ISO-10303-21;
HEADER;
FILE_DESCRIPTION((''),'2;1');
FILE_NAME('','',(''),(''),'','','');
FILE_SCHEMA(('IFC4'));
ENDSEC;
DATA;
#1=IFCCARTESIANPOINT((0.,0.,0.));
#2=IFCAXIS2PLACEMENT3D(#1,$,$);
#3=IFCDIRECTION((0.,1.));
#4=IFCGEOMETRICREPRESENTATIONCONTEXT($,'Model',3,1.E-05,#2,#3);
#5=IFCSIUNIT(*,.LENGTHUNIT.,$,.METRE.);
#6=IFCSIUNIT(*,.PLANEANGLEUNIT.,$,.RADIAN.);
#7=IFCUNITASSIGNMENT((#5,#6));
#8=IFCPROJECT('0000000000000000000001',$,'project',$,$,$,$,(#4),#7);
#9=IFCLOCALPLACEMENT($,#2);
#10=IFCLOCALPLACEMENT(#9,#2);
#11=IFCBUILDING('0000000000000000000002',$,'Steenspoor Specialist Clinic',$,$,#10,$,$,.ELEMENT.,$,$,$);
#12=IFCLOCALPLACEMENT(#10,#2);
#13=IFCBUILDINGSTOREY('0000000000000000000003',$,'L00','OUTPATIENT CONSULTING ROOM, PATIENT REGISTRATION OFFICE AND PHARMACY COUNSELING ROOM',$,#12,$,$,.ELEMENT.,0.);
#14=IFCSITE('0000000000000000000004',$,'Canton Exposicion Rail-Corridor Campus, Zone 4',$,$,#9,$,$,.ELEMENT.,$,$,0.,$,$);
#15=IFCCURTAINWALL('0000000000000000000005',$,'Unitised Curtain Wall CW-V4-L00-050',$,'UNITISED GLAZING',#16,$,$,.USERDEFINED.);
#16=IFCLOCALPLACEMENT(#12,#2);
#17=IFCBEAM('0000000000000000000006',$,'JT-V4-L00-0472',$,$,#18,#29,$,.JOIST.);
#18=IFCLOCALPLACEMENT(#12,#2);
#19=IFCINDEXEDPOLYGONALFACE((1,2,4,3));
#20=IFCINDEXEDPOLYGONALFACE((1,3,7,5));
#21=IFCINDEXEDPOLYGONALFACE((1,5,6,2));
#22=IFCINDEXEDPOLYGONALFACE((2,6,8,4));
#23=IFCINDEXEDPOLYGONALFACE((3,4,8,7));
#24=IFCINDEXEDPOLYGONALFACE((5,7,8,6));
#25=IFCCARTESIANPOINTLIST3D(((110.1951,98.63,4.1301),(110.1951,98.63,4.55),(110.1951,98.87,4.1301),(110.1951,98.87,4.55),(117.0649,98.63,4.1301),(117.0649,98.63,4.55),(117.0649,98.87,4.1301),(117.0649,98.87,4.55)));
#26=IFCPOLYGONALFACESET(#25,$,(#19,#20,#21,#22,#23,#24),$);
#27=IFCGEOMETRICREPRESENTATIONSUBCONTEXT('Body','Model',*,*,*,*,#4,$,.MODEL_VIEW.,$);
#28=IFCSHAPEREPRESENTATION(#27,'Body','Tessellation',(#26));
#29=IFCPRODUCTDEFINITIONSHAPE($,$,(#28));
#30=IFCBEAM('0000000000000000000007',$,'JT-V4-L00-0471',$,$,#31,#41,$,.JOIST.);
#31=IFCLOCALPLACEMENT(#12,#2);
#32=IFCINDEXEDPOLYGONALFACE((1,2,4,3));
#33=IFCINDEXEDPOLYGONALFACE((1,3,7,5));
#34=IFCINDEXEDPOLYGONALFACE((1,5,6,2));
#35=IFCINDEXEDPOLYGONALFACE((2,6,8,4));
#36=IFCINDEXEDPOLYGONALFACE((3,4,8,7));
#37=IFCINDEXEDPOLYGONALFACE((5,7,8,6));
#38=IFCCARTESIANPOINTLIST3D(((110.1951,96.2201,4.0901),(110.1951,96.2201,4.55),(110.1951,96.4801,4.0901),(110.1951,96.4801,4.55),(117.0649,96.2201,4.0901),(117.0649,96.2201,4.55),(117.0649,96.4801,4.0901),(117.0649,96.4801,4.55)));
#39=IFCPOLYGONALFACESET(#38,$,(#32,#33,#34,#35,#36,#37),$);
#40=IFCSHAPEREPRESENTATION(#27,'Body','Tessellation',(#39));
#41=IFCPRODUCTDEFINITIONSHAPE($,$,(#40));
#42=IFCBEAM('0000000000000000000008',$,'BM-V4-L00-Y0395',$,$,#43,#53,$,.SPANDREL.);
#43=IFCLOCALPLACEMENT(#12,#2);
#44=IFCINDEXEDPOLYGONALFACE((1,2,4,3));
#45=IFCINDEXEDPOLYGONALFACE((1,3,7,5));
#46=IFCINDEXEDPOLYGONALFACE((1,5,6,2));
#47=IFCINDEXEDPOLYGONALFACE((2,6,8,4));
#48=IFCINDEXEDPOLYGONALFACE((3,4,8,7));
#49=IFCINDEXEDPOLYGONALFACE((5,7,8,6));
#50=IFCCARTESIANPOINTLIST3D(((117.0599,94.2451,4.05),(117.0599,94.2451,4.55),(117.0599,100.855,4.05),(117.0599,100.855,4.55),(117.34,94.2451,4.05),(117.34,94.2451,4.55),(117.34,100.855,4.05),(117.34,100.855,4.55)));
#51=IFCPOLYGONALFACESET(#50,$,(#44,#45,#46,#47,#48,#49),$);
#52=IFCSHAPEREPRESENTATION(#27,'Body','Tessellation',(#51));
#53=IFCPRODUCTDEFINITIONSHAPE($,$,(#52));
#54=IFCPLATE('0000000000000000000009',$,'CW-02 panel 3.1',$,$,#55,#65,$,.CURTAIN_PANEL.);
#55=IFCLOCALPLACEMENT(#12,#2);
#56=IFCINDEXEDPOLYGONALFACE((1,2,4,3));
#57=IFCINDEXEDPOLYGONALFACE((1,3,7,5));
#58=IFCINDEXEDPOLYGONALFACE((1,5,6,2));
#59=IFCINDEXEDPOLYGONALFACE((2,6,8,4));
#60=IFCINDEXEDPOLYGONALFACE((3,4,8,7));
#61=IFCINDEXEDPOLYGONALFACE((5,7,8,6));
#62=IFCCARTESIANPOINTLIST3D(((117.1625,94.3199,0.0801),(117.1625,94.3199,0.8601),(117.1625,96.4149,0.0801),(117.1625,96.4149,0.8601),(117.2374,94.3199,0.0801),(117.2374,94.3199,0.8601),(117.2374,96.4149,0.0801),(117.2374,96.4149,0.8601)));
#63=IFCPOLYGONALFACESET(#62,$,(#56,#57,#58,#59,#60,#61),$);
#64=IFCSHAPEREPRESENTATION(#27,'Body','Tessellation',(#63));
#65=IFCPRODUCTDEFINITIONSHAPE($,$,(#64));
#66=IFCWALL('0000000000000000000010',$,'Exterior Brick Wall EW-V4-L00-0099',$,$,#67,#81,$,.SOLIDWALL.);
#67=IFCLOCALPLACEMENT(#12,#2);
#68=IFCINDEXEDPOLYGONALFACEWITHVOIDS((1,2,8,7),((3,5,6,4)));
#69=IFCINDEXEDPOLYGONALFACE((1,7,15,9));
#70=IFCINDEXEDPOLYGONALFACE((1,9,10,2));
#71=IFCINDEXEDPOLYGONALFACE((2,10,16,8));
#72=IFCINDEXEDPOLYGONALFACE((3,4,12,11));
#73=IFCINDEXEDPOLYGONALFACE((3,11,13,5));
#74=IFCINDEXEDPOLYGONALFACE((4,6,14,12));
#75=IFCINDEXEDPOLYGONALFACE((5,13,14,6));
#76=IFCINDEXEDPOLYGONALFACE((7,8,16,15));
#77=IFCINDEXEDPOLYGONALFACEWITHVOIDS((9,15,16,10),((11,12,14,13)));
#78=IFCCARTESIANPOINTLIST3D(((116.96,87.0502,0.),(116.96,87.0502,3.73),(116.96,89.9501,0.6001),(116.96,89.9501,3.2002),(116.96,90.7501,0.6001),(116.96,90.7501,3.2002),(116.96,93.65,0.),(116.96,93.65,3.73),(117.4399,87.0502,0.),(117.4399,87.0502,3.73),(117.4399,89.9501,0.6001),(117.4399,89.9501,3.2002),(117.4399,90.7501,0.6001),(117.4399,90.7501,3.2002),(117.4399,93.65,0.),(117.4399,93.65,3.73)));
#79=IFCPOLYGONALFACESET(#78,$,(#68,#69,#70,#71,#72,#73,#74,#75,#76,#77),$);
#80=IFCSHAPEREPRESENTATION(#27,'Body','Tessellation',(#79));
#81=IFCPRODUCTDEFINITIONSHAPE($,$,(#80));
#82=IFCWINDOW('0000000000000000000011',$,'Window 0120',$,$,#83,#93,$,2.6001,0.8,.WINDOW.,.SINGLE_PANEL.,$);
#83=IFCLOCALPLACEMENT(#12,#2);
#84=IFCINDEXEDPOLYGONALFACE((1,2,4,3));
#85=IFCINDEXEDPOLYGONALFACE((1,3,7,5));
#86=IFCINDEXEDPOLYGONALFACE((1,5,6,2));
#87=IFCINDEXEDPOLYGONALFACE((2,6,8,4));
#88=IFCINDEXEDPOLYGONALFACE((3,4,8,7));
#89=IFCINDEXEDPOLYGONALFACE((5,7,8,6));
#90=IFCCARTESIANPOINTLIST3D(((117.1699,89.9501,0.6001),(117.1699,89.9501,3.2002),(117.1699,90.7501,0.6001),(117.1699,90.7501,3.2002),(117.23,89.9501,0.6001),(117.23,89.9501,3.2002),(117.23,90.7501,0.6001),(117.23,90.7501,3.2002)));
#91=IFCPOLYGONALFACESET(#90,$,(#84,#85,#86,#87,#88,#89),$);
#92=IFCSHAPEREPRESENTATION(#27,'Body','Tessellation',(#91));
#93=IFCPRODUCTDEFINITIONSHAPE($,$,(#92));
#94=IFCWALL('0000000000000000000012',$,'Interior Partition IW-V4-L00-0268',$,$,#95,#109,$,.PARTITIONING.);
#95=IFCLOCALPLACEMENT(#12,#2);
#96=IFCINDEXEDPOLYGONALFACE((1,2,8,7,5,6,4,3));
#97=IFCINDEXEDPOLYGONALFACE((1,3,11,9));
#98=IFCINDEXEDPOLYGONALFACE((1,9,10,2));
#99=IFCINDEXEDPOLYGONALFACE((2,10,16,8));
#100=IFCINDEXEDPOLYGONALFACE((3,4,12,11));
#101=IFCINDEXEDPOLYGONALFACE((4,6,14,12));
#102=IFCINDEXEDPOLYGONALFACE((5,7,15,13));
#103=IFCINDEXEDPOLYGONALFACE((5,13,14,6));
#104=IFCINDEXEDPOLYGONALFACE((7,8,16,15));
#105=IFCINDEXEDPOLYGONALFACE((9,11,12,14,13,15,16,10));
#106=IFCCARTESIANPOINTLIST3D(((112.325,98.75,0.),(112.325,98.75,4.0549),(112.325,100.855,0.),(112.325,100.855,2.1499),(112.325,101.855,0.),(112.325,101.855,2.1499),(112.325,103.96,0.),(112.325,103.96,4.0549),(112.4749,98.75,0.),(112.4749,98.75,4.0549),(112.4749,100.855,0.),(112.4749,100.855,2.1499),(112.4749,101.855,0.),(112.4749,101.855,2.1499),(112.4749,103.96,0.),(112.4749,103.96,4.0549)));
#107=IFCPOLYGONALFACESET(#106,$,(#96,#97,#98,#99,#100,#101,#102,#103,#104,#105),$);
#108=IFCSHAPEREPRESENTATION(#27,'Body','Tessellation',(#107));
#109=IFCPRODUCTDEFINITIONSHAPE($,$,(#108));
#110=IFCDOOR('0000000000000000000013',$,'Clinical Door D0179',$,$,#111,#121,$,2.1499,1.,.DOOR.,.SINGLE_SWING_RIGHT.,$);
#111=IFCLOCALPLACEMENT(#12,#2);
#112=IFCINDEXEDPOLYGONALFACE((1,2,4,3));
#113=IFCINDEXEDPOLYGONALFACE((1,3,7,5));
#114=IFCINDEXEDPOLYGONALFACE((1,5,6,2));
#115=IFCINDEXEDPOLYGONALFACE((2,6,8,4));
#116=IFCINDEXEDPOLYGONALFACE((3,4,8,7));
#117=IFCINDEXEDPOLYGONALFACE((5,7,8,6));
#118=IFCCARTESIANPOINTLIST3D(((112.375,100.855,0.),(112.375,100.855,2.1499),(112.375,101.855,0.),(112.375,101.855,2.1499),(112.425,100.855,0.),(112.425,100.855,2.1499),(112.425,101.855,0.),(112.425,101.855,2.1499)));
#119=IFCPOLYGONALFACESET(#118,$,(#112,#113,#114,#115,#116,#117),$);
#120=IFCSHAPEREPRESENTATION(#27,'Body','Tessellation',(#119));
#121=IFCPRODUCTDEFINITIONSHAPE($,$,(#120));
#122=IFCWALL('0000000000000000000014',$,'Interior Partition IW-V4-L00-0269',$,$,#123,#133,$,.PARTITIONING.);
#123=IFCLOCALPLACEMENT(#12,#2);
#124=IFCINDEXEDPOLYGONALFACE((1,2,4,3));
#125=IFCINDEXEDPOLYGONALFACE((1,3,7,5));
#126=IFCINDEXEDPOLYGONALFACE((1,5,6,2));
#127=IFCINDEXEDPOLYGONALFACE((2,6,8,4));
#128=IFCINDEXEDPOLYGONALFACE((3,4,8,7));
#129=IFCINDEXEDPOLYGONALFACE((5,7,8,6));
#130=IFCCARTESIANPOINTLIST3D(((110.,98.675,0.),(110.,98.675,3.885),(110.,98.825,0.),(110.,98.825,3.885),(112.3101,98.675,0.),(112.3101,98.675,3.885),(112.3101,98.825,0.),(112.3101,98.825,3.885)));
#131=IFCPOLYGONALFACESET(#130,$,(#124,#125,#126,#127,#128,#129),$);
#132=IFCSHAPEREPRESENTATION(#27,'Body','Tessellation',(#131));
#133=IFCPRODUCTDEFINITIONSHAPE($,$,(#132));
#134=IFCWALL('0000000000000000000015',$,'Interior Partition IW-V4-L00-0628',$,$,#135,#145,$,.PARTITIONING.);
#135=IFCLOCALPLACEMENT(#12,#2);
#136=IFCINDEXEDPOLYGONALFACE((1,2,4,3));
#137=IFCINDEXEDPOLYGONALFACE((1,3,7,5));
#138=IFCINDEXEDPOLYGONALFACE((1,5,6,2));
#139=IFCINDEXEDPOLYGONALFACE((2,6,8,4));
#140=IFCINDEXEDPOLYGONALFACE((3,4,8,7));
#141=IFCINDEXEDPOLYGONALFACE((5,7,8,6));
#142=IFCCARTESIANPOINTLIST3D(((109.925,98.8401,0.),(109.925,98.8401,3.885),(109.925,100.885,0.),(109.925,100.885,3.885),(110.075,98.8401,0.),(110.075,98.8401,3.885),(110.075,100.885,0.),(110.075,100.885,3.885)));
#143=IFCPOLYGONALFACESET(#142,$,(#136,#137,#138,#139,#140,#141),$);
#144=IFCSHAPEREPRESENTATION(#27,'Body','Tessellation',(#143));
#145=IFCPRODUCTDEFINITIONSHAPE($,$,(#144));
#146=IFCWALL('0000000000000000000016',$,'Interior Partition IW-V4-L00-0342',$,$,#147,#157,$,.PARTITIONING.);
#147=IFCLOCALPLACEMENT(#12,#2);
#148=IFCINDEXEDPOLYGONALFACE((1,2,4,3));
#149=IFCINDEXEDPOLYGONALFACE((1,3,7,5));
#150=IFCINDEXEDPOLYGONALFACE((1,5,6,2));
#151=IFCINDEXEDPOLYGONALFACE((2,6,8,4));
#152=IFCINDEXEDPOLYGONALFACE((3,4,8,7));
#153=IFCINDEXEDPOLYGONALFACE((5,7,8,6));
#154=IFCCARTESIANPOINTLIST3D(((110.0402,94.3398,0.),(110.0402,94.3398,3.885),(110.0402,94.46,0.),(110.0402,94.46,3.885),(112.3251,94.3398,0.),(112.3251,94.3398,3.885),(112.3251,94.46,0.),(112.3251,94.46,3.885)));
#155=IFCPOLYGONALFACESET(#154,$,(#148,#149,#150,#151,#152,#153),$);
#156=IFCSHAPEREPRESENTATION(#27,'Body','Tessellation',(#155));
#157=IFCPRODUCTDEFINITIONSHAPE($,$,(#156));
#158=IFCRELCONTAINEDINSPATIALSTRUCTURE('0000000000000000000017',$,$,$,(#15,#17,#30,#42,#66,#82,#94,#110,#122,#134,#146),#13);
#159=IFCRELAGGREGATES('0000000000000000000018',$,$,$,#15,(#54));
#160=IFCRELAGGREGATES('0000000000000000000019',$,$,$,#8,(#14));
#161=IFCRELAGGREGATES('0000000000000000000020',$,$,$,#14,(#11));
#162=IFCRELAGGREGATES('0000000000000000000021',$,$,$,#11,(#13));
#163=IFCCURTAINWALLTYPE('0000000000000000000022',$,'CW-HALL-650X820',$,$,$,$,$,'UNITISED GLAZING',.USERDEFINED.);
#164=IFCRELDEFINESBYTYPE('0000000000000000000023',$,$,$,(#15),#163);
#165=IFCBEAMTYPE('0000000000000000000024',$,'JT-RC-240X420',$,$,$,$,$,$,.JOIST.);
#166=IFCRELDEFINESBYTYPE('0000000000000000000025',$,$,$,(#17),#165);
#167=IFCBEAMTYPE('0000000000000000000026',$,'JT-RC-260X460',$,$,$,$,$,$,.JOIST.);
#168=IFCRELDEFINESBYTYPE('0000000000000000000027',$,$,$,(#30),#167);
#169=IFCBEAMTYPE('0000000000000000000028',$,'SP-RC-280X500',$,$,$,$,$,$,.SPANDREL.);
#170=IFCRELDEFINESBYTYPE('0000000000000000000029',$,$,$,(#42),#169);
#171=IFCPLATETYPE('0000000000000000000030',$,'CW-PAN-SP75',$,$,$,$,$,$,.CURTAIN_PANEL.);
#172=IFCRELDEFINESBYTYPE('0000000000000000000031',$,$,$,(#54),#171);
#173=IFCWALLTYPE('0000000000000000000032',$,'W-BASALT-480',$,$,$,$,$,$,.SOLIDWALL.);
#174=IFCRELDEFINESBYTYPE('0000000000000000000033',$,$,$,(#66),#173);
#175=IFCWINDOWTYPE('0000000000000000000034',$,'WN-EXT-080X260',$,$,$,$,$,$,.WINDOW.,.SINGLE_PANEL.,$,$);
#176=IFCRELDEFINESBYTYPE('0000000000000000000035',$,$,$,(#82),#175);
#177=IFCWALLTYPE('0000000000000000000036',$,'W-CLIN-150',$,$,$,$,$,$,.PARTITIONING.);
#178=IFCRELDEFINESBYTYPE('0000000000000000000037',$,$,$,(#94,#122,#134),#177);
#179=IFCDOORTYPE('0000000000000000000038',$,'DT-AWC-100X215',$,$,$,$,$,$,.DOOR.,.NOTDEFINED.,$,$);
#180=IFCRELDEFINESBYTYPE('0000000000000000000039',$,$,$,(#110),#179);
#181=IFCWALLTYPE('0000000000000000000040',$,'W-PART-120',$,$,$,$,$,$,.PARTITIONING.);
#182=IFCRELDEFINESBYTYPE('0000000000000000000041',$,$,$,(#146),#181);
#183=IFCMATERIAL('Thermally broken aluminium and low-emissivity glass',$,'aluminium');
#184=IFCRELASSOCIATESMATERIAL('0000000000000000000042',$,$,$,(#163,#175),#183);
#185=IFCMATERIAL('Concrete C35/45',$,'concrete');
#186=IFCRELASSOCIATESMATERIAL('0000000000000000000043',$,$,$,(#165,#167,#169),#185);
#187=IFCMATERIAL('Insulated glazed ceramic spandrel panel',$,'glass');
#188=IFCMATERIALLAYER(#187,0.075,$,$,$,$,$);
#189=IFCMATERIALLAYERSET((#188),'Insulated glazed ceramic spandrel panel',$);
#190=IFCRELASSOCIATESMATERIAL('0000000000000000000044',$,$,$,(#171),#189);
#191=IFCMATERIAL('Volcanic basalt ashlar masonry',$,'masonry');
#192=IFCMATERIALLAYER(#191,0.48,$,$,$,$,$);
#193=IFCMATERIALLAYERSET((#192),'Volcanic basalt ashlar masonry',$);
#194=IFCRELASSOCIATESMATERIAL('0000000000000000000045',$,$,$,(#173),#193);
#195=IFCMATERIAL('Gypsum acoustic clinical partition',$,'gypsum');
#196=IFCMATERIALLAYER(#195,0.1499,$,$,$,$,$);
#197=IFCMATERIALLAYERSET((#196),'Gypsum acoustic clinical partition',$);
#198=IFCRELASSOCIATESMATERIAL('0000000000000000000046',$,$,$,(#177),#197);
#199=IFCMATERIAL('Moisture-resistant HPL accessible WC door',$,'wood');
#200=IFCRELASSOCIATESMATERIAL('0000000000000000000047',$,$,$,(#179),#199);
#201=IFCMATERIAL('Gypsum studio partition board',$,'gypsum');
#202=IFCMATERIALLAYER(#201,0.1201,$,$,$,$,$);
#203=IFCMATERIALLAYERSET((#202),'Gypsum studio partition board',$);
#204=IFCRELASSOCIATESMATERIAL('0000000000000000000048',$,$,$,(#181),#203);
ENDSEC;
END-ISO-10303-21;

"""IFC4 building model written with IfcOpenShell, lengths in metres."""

from ifc_helpers import new_model, si_unit, direction, frame, frame_2d, origin, origin_2d, place, context, subcontext, project, spatial, rectangle, extrude, material, layer, layer_set, material_profile, profile_set, type_object, element, fill, aggregate, save


model = new_model("IFC4")

# Units and contexts
model_context = context("Model", 3, precision=1e-05, world=origin(), true_north=direction((0.0, 1.0)))
body_context = subcontext(model_context, "Body", "Model", "MODEL_VIEW")
ifc_project = project(units=[si_unit("LENGTHUNIT", "METRE"), si_unit("PLANEANGLEUNIT", "RADIAN")], contexts=[model_context])

# Site, building, storey
site_placement = place(None, origin())
site = spatial("IfcSite", under=ifc_project, at=site_placement, Name="Canton Exposicion Rail-Corridor Campus, Zone 4", CompositionType="ELEMENT", RefElevation=0.0)
building_placement = place(site_placement, origin())
building = spatial("IfcBuilding", under=site, at=building_placement, Name="Steenspoor Specialist Clinic", CompositionType="ELEMENT")
storey_placement = place(building_placement, origin())
storey = spatial("IfcBuildingStorey", under=building, at=storey_placement, Name="L00", Description="OUTPATIENT CONSULTING ROOM, PATIENT REGISTRATION OFFICE AND PHARMACY COUNSELING ROOM", CompositionType="ELEMENT", Elevation=0.0)

# Shared definitions
ifc_material_1 = material(Name="Concrete C35/45", Category="concrete")

# Curtain wall
ifc_material_2 = material(Name="Thermally broken aluminium and low-emissivity glass", Category="aluminium")
curtain_wall_type = type_object("IfcCurtainWallType", Name="CW-HALL-650X820", ElementType="UNITISED GLAZING", PredefinedType="USERDEFINED", material=ifc_material_2)
curtain_wall_placement = place(storey_placement, origin())
curtain_wall = element("IfcCurtainWall", 1, at=curtain_wall_placement, inside=storey, type_object=curtain_wall_type, Name="Unitised Curtain Wall CW-V4-L00-050", ObjectType="UNITISED GLAZING", PredefinedType="USERDEFINED")

# Beams
ifc_material_profile_1 = material_profile(ifc_material_1, rectangle(XDim=0.24, YDim=0.4199, at=origin_2d()), Name="RC-JT-240X420")
ifc_profile_set_1 = profile_set([ifc_material_profile_1], Name="Concrete C35/45")
beam_type_1 = type_object("IfcBeamType", Name="JT-RC-240X420", PredefinedType="JOIST", material=ifc_profile_set_1)
beam_1_placement = place(storey_placement, frame((110.1951, 98.75, 4.3401), z_axis=(1.0, 0.0, 0.0), x_axis=(0.0, 1.0, 0.0)))
element("IfcBeam", 2, at=beam_1_placement, inside=storey, type_object=beam_type_1, Name="JT-V4-L00-0472", PredefinedType="JOIST", context=body_context, shape_type="SweptSolid", body=[
    extrude(rectangle(XDim=0.24, YDim=0.4199, at=origin_2d()), origin(), (0.0, 0.0, 1.0), 6.8699),
])
ifc_material_profile_2 = material_profile(ifc_material_1, rectangle(XDim=0.26, YDim=0.46, at=origin_2d()), Name="RC-JT-260X460")
ifc_profile_set_2 = profile_set([ifc_material_profile_2], Name="Concrete C35/45")
beam_type_2 = type_object("IfcBeamType", Name="JT-RC-260X460", PredefinedType="JOIST", material=ifc_profile_set_2)
beam_2_placement = place(storey_placement, frame((110.1951, 96.3501, 4.3201), z_axis=(1.0, 0.0, 0.0), x_axis=(0.0, 1.0, 0.0)))
element("IfcBeam", 3, at=beam_2_placement, inside=storey, type_object=beam_type_2, Name="JT-V4-L00-0471", PredefinedType="JOIST", context=body_context, shape_type="SweptSolid", body=[
    extrude(rectangle(XDim=0.26, YDim=0.46, at=origin_2d()), origin(), (0.0, 0.0, 1.0), 6.8699),
])
ifc_material_profile_3 = material_profile(ifc_material_1, rectangle(XDim=0.28, YDim=0.5, at=origin_2d()), Name="RC-SP-280X500")
ifc_profile_set_3 = profile_set([ifc_material_profile_3], Name="Concrete C35/45")
beam_type_3 = type_object("IfcBeamType", Name="SP-RC-280X500", PredefinedType="SPANDREL", material=ifc_profile_set_3)
beam_3_placement = place(storey_placement, frame((117.2, 94.2451, 4.3), z_axis=(0.0, 1.0, 0.0), x_axis=(-1.0, 0.0, 0.0)))
element("IfcBeam", 4, at=beam_3_placement, inside=storey, type_object=beam_type_3, Name="BM-V4-L00-Y0395", PredefinedType="SPANDREL", context=body_context, shape_type="SweptSolid", body=[
    extrude(rectangle(XDim=0.28, YDim=0.5, at=origin_2d()), origin(), (0.0, 0.0, 1.0), 6.6099),
])

# Plate
ifc_material_3 = material(Name="Insulated glazed ceramic spandrel panel", Category="glass")
ifc_layer_1 = layer(ifc_material_3, 0.075)
ifc_layer_set_1 = layer_set([ifc_layer_1], Name="Insulated glazed ceramic spandrel panel")
plate_type = type_object("IfcPlateType", Name="CW-PAN-SP75", PredefinedType="CURTAIN_PANEL", material=ifc_layer_set_1)
plate_placement = place(storey_placement, frame((117.2, 95.3674, 0.0801), z_axis=(0.0, 0.0, 1.0), x_axis=(0.0, -1.0, 0.0)))
plate = element("IfcPlate", 5, at=plate_placement, type_object=plate_type, Name="CW-02 panel 3.1", PredefinedType="CURTAIN_PANEL", context=body_context, shape_type="SweptSolid", body=[
    extrude(rectangle(XDim=2.095, YDim=0.075, at=origin_2d()), origin(), (0.0, 0.0, 1.0), 0.78),
])
aggregate(curtain_wall, [plate])

# Wall, opening, window
ifc_material_4 = material(Name="Volcanic basalt ashlar masonry", Category="masonry")
ifc_layer_2 = layer(ifc_material_4, 0.48)
ifc_layer_set_2 = layer_set([ifc_layer_2], Name="Volcanic basalt ashlar masonry")
wall_type_1 = type_object("IfcWallType", Name="W-BASALT-480", PredefinedType="SOLIDWALL", material=ifc_layer_set_2)
wall_1_placement = place(storey_placement, frame((117.2, 93.6499, 0.0), z_axis=(0.0, 0.0, 1.0), x_axis=(0.0, -1.0, 0.0)))
wall_1 = element("IfcWall", 6, at=wall_1_placement, inside=storey, type_object=wall_type_1, Name="Exterior Brick Wall EW-V4-L00-0099", PredefinedType="SOLIDWALL", context=body_context, shape_type="SweptSolid", body=[
    extrude(rectangle(XDim=6.5999, YDim=0.48, at=frame_2d((3.2998, 0.0))), origin(), (0.0, 0.0, 1.0), 3.73),
])
opening_1_placement = place(wall_1_placement, frame((2.8999, 0.0, 0.6001)))
opening_1 = element("IfcOpeningElement", 7, at=opening_1_placement, cuts=wall_1, PredefinedType="OPENING", context=body_context, shape_type="SweptSolid", body=[
    extrude(rectangle(XDim=0.8, YDim=2.6001, at=frame_2d((0.3999, 1.3))), frame((0.0, 0.25, 0.0), z_axis=(0.0, -1.0, 0.0), x_axis=(1.0, 0.0, 0.0)), (0.0, 0.0, 1.0), 0.5),
])
window_type = type_object("IfcWindowType", Name="WN-EXT-080X260", PartitioningType="SINGLE_PANEL", PredefinedType="WINDOW", material=ifc_material_2)
window_placement = place(opening_1_placement, origin())
window = element("IfcWindow", 8, at=window_placement, inside=storey, type_object=window_type, Name="Window 0120", OverallHeight=2.6001, OverallWidth=0.8, PartitioningType="SINGLE_PANEL", PredefinedType="WINDOW", context=body_context, shape_type="SweptSolid", body=[
    extrude(rectangle(XDim=0.8, YDim=2.6001, at=frame_2d((0.3999, 1.3))), frame((0.0, 0.03, 0.0), z_axis=(0.0, -1.0, 0.0), x_axis=(1.0, 0.0, 0.0)), (0.0, 0.0, 1.0), 0.0601),
])
fill(opening_1, window)

# Wall, opening, door
ifc_material_5 = material(Name="Gypsum acoustic clinical partition", Category="gypsum")
ifc_layer_3 = layer(ifc_material_5, 0.1499)
ifc_layer_set_3 = layer_set([ifc_layer_3], Name="Gypsum acoustic clinical partition")
wall_type_2 = type_object("IfcWallType", Name="W-CLIN-150", PredefinedType="PARTITIONING", material=ifc_layer_set_3)
wall_2_placement = place(storey_placement, frame((112.3999, 98.75, 0.0), z_axis=(0.0, 0.0, 1.0), x_axis=(0.0, 1.0, 0.0)))
wall_2 = element("IfcWall", 9, at=wall_2_placement, inside=storey, type_object=wall_type_2, Name="Interior Partition IW-V4-L00-0268", PredefinedType="PARTITIONING", context=body_context, shape_type="SweptSolid", body=[
    extrude(rectangle(XDim=5.21, YDim=0.1499, at=frame_2d((2.605, 0.0))), origin(), (0.0, 0.0, 1.0), 4.0549),
])
opening_2_placement = place(wall_2_placement, frame((2.105, 0.0, 0.0)))
opening_2 = element("IfcOpeningElement", 10, at=opening_2_placement, cuts=wall_2, PredefinedType="OPENING", context=body_context, shape_type="SweptSolid", body=[
    extrude(rectangle(XDim=1.0, YDim=2.1499, at=frame_2d((0.5, 1.075))), frame((0.0, 0.085, 0.0), z_axis=(0.0, -1.0, 0.0), x_axis=(1.0, 0.0, 0.0)), (0.0, 0.0, 1.0), 0.1699),
])
ifc_material_6 = material(Name="Moisture-resistant HPL accessible WC door", Category="wood")
door_type = type_object("IfcDoorType", Name="DT-AWC-100X215", OperationType="NOTDEFINED", PredefinedType="DOOR", material=ifc_material_6)
door_placement = place(opening_2_placement, origin())
door = element("IfcDoor", 11, at=door_placement, inside=storey, type_object=door_type, Name="Clinical Door D0179", OperationType="SINGLE_SWING_RIGHT", OverallHeight=2.1499, OverallWidth=1.0, PredefinedType="DOOR", context=body_context, shape_type="SweptSolid", body=[
    extrude(rectangle(XDim=1.0, YDim=2.1499, at=frame_2d((0.5, 1.075))), frame((0.0, 0.0249, 0.0), z_axis=(0.0, -1.0, 0.0), x_axis=(1.0, 0.0, 0.0)), (0.0, 0.0, 1.0), 0.05),
])
fill(opening_2, door)

# Walls
wall_3_placement = place(storey_placement, frame((110.0, 98.75, 0.0), z_axis=(0.0, 0.0, 1.0), x_axis=(1.0, 0.0, 0.0)))
element("IfcWall", 12, at=wall_3_placement, inside=storey, type_object=wall_type_2, Name="Interior Partition IW-V4-L00-0269", PredefinedType="PARTITIONING", context=body_context, shape_type="SweptSolid", body=[
    extrude(rectangle(XDim=2.3101, YDim=0.1499, at=frame_2d((1.155, 0.0))), origin(), (0.0, 0.0, 1.0), 3.885),
])
wall_4_placement = place(storey_placement, frame((110.0, 98.8401, 0.0), z_axis=(0.0, 0.0, 1.0), x_axis=(0.0, 1.0, 0.0)))
element("IfcWall", 13, at=wall_4_placement, inside=storey, type_object=wall_type_2, Name="Interior Partition IW-V4-L00-0628", PredefinedType="PARTITIONING", context=body_context, shape_type="SweptSolid", body=[
    extrude(rectangle(XDim=2.0449, YDim=0.1499, at=frame_2d((1.0225, 0.0))), origin(), (0.0, 0.0, 1.0), 3.885),
])
ifc_material_7 = material(Name="Gypsum studio partition board", Category="gypsum")
ifc_layer_4 = layer(ifc_material_7, 0.1201)
ifc_layer_set_4 = layer_set([ifc_layer_4], Name="Gypsum studio partition board")
wall_type_3 = type_object("IfcWallType", Name="W-PART-120", PredefinedType="PARTITIONING", material=ifc_layer_set_4)
wall_5_placement = place(storey_placement, frame((110.04, 94.3999, 0.0), z_axis=(0.0, 0.0, 1.0), x_axis=(1.0, 0.0, 0.0)))
element("IfcWall", 14, at=wall_5_placement, inside=storey, type_object=wall_type_3, Name="Interior Partition IW-V4-L00-0342", PredefinedType="PARTITIONING", context=body_context, shape_type="SweptSolid", body=[
    extrude(rectangle(XDim=2.2849, YDim=0.1201, at=frame_2d((1.1426, 0.0))), origin(), (0.0, 0.0, 1.0), 3.885),
])

save(model, "model.ifc")
